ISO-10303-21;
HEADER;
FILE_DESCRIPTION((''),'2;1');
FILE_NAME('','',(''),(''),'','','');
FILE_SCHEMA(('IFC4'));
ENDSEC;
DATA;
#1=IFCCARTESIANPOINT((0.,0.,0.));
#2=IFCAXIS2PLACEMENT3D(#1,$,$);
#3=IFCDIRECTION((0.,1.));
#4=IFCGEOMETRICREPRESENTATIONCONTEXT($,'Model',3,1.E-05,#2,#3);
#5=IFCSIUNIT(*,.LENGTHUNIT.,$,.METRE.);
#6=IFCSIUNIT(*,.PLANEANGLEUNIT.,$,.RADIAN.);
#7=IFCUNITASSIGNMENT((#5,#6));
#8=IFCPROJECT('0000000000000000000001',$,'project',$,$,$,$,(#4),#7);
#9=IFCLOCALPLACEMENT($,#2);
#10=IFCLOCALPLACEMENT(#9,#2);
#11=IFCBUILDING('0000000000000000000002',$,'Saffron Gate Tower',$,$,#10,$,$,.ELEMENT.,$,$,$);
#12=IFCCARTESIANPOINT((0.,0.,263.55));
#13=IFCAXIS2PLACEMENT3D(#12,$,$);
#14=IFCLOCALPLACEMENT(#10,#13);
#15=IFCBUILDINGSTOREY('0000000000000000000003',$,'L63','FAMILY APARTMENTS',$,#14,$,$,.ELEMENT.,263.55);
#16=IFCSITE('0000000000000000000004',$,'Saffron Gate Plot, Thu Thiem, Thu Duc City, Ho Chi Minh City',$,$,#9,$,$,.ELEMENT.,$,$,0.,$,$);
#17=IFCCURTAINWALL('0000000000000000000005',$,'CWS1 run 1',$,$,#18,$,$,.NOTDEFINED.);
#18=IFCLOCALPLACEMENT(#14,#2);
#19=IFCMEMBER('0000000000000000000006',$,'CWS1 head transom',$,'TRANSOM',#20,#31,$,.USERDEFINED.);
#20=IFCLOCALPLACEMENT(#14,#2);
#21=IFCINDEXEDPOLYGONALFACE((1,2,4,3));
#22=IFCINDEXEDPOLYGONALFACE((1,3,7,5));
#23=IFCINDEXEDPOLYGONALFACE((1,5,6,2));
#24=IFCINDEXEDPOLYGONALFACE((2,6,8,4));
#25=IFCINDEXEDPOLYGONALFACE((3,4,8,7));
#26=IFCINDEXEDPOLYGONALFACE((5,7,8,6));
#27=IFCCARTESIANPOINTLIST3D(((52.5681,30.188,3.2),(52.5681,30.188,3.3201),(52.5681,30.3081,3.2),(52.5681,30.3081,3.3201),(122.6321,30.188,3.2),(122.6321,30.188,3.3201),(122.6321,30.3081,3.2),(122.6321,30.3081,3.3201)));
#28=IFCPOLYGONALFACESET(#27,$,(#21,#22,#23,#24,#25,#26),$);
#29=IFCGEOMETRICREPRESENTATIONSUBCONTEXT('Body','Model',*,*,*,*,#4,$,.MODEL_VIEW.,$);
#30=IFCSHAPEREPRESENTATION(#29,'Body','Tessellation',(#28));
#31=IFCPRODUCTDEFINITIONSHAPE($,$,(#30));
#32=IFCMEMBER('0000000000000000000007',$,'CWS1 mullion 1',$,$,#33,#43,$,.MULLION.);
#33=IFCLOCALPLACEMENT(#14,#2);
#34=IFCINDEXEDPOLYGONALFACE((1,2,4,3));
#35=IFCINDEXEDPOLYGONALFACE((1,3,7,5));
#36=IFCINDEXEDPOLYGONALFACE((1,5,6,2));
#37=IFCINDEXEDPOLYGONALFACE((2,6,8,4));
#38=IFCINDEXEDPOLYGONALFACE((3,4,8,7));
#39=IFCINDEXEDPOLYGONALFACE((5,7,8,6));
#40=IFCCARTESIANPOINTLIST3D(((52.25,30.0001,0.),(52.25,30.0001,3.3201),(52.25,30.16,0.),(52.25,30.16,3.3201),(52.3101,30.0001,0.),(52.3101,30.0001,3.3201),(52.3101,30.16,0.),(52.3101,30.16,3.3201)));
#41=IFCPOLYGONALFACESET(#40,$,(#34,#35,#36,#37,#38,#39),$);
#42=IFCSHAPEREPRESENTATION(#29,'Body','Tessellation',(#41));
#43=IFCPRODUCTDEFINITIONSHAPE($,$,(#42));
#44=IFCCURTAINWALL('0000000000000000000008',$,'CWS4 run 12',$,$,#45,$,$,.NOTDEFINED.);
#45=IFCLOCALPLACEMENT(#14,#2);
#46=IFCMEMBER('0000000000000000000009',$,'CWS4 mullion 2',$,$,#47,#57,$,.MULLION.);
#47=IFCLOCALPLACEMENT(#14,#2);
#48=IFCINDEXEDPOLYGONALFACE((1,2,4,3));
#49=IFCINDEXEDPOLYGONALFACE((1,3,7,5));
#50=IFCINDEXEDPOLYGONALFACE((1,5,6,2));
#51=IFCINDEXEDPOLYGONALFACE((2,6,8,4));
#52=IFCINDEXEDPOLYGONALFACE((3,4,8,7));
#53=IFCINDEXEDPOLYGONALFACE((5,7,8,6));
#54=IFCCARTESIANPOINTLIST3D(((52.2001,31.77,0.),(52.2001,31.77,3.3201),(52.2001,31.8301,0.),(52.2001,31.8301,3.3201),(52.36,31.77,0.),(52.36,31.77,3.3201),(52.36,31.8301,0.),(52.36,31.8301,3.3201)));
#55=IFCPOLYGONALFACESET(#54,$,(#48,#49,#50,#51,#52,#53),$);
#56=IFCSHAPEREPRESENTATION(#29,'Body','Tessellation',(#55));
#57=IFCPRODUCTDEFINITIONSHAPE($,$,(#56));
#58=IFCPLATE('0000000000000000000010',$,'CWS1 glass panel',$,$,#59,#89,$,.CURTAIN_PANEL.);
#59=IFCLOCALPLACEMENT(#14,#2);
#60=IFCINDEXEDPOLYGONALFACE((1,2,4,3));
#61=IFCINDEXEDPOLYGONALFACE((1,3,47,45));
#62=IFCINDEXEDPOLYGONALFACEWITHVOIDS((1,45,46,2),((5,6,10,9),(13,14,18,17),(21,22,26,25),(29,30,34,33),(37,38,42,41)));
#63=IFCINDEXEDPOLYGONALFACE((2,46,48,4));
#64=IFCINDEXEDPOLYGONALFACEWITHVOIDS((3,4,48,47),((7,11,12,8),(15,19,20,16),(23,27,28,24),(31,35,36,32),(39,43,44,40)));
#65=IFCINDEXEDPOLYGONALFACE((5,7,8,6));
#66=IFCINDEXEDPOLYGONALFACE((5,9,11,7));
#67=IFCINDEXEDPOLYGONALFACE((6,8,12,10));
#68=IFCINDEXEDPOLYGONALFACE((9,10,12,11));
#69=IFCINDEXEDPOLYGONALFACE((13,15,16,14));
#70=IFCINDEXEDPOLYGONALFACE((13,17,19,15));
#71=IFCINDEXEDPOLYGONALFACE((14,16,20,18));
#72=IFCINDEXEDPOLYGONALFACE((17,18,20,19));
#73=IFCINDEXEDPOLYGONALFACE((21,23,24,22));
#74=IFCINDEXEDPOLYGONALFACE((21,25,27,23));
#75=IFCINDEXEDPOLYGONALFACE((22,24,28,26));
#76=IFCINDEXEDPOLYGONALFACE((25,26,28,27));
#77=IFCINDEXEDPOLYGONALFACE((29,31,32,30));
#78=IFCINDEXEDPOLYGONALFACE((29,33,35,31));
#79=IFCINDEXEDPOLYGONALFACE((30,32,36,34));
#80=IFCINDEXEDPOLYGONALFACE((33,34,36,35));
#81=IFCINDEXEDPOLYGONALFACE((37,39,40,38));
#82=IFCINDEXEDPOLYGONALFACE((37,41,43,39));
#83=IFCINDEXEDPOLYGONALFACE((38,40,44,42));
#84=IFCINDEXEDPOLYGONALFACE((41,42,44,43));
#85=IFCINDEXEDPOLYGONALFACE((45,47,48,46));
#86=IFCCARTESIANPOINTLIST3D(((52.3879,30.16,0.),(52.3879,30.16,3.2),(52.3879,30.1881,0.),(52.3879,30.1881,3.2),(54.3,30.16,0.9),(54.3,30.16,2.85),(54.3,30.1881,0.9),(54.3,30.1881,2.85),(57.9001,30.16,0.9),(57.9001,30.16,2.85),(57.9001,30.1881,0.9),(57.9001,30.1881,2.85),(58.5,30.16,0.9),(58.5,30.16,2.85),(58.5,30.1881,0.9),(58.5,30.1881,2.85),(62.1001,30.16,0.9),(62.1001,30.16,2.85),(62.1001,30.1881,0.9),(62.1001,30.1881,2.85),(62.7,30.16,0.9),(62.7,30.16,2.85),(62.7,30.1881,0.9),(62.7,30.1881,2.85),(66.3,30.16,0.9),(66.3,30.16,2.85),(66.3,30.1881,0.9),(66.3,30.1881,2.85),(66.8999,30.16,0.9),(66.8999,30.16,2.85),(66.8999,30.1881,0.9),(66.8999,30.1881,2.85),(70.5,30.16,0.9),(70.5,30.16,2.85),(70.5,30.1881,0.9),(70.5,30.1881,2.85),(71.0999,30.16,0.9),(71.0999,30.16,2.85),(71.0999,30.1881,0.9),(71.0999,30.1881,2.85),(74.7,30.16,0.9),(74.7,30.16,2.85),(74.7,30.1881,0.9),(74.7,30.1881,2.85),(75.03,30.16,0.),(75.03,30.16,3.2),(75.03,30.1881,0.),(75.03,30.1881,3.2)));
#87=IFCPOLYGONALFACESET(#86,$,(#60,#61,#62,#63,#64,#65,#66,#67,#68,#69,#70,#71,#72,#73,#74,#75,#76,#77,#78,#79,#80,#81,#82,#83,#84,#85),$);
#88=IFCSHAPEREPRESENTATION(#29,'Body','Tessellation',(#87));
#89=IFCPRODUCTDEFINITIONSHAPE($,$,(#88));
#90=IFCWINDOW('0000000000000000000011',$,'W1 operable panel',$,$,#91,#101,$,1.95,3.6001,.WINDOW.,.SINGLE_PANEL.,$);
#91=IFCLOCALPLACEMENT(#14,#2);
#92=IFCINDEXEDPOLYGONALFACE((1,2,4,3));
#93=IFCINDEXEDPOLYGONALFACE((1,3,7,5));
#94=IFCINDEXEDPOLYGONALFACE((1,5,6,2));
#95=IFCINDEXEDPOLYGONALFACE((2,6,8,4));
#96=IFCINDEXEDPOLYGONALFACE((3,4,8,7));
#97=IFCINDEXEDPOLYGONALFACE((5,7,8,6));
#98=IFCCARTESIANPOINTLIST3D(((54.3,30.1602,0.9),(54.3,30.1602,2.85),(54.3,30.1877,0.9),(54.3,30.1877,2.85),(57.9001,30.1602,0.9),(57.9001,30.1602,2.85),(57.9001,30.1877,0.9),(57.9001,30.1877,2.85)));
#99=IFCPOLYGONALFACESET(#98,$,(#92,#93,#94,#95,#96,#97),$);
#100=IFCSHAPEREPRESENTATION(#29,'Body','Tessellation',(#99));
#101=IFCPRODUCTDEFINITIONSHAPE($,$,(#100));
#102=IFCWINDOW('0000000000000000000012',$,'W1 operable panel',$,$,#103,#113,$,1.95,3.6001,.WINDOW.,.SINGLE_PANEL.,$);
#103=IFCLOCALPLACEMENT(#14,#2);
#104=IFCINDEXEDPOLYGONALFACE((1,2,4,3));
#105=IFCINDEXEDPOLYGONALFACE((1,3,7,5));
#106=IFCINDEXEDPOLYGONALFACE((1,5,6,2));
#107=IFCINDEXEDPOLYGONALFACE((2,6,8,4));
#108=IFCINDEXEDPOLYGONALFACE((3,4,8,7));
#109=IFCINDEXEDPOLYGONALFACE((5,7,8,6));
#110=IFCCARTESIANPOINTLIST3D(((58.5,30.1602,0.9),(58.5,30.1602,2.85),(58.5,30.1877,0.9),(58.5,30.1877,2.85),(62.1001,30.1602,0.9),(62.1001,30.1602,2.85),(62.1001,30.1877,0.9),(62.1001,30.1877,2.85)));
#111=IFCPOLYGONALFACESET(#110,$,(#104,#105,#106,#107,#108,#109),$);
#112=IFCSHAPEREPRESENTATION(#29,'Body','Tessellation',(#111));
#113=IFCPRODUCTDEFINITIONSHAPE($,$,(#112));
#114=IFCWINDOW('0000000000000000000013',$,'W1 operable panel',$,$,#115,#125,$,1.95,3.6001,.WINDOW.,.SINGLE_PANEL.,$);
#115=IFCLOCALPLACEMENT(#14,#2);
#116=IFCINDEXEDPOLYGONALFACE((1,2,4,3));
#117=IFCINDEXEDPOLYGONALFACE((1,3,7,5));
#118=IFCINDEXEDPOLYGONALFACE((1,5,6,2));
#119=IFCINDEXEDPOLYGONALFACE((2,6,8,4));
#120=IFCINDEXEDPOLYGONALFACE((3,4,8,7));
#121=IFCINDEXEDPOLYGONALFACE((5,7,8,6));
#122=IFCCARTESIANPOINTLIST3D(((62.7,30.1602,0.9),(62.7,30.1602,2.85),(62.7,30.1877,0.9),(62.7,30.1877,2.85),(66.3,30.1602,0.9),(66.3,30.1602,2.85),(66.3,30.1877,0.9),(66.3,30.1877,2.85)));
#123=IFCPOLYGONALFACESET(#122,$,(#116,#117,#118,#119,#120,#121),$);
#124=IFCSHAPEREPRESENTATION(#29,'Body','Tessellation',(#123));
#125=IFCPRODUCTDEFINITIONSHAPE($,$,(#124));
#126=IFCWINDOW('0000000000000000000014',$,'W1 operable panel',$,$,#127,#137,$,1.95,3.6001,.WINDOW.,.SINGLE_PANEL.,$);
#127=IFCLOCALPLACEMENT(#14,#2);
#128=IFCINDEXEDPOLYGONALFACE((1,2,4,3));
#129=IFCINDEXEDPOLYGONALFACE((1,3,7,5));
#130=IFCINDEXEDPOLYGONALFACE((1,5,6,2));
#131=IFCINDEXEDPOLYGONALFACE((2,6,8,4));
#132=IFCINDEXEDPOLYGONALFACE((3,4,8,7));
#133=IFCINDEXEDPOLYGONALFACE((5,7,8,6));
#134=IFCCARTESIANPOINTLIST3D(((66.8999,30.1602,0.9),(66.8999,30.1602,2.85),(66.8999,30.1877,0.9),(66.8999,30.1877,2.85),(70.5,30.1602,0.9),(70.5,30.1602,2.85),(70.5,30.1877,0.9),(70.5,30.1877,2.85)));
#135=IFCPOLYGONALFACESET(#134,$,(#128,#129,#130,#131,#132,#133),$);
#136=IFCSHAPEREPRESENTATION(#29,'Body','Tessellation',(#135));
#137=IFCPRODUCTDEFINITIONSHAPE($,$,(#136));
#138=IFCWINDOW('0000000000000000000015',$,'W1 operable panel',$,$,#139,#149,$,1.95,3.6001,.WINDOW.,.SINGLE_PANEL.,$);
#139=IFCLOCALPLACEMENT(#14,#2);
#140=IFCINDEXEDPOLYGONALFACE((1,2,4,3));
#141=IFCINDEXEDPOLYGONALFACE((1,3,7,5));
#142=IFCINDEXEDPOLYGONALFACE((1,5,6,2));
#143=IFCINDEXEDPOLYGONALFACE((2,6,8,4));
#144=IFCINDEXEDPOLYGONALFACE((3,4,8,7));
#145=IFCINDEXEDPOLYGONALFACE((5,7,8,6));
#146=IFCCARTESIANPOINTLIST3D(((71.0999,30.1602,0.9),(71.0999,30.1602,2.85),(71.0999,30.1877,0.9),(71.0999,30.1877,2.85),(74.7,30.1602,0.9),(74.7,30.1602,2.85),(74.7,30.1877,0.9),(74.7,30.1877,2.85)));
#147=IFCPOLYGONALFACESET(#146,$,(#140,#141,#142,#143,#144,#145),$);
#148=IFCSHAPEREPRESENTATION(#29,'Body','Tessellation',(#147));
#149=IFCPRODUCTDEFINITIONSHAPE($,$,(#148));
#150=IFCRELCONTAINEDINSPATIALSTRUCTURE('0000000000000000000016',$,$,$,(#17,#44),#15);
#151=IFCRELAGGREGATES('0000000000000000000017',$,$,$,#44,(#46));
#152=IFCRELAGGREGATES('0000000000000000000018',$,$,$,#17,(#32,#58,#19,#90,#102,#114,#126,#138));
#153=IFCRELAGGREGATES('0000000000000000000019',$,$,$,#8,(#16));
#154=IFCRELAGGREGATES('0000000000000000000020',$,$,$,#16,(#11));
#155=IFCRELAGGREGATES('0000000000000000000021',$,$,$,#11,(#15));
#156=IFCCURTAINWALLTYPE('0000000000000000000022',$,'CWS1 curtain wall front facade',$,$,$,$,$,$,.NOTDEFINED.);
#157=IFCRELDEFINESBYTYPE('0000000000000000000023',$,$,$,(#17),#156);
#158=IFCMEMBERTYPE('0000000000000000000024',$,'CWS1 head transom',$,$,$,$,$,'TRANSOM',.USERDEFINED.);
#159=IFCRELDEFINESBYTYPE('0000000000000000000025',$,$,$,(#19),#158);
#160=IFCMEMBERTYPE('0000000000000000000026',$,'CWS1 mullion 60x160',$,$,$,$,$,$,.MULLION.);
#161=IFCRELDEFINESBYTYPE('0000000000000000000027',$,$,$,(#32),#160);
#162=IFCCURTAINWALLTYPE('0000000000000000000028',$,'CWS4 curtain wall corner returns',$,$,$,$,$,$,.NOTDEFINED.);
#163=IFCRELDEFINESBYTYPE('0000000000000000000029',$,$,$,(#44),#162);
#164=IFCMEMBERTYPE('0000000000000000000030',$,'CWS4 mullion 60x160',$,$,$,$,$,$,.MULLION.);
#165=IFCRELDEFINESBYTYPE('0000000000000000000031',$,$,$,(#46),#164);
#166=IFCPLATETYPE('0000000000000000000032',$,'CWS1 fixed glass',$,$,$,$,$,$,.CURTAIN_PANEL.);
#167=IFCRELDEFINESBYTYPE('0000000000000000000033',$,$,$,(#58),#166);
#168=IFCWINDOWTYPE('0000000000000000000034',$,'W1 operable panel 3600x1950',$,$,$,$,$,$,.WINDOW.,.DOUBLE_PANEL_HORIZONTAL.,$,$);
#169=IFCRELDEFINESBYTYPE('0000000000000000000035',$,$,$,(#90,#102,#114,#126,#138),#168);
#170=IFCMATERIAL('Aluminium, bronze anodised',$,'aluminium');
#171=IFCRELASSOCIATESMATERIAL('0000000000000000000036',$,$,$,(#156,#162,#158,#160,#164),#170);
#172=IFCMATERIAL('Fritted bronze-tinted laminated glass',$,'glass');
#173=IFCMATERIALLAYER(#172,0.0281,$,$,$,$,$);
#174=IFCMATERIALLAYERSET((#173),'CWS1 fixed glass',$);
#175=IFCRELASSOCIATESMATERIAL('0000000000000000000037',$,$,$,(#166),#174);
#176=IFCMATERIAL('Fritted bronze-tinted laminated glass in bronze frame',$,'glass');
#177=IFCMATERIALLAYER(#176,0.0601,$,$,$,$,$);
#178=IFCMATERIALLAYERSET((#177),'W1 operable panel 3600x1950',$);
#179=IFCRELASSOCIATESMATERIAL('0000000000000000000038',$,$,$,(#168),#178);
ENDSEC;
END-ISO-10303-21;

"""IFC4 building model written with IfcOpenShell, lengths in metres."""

from ifc_helpers import new_model, si_unit, direction, frame, frame_2d, origin, origin_2d, place, context, subcontext, project, spatial, rectangle, extrude, material, layer, layer_set, material_profile, profile_set, type_object, element, fill, aggregate, save


model = new_model("IFC4")

# Units and contexts
model_context = context("Model", 3, precision=1e-05, world=origin(), true_north=direction((0.0, 1.0)))
body_context = subcontext(model_context, "Body", "Model", "MODEL_VIEW")
ifc_project = project(units=[si_unit("LENGTHUNIT", "METRE"), si_unit("PLANEANGLEUNIT", "RADIAN")], contexts=[model_context])

# Site, building, storey
site_placement = place(None, origin())
site = spatial("IfcSite", under=ifc_project, at=site_placement, Name="Saffron Gate Plot, Thu Thiem, Thu Duc City, Ho Chi Minh City", CompositionType="ELEMENT", RefElevation=0.0)
building_placement = place(site_placement, origin())
building = spatial("IfcBuilding", under=site, at=building_placement, Name="Saffron Gate Tower", CompositionType="ELEMENT")
storey_placement = place(building_placement, frame((0.0, 0.0, 263.55)))
storey = spatial("IfcBuildingStorey", under=building, at=storey_placement, Name="L63", Description="FAMILY APARTMENTS", CompositionType="ELEMENT", Elevation=263.55)

# Curtain wall, members
ifc_material_1 = material(Name="Aluminium, bronze anodised", Category="aluminium")
curtain_wall_type_1 = type_object("IfcCurtainWallType", Name="CWS1 curtain wall front facade", PredefinedType="NOTDEFINED", material=ifc_material_1)
curtain_wall_1_placement = place(storey_placement, origin())
curtain_wall_1 = element("IfcCurtainWall", 1, at=curtain_wall_1_placement, inside=storey, type_object=curtain_wall_type_1, Name="CWS1 run 1", PredefinedType="NOTDEFINED")
ifc_material_profile_1 = material_profile(ifc_material_1, rectangle(XDim=0.1201, YDim=0.1201, at=origin_2d()))
ifc_profile_set_1 = profile_set([ifc_material_profile_1], Name="Aluminium, bronze anodised")
member_type_1 = type_object("IfcMemberType", Name="CWS1 head transom", ElementType="TRANSOM", PredefinedType="USERDEFINED", material=ifc_profile_set_1)
member_1_placement = place(storey_placement, frame((52.5681, 30.248, 3.26), z_axis=(1.0, 0.0, 0.0), x_axis=(0.0, 1.0, 0.0)))
member_1 = element("IfcMember", 2, at=member_1_placement, type_object=member_type_1, Name="CWS1 head transom", ObjectType="TRANSOM", PredefinedType="USERDEFINED", context=body_context, shape_type="SweptSolid", body=[
    extrude(rectangle(XDim=0.1201, YDim=0.1201, at=origin_2d()), origin(), (0.0, 0.0, 1.0), 70.064),
])
ifc_material_profile_2 = material_profile(ifc_material_1, rectangle(XDim=0.1599, YDim=0.0601, at=origin_2d()))
ifc_profile_set_2 = profile_set([ifc_material_profile_2], Name="Aluminium, bronze anodised")
member_type_2 = type_object("IfcMemberType", Name="CWS1 mullion 60x160", PredefinedType="MULLION", material=ifc_profile_set_2)
member_2_placement = place(storey_placement, frame((52.28, 30.0801, 0.0), z_axis=(0.0, 0.0, 1.0), x_axis=(0.0, 1.0, 0.0)))
member_2 = element("IfcMember", 3, at=member_2_placement, type_object=member_type_2, Name="CWS1 mullion 1", PredefinedType="MULLION", context=body_context, shape_type="SweptSolid", body=[
    extrude(rectangle(XDim=0.1599, YDim=0.0601, at=origin_2d()), origin(), (0.0, 0.0, 1.0), 3.3201),
])

# Curtain wall, member
curtain_wall_type_2 = type_object("IfcCurtainWallType", Name="CWS4 curtain wall corner returns", PredefinedType="NOTDEFINED", material=ifc_material_1)
curtain_wall_2_placement = place(storey_placement, origin())
curtain_wall_2 = element("IfcCurtainWall", 4, at=curtain_wall_2_placement, inside=storey, type_object=curtain_wall_type_2, Name="CWS4 run 12", PredefinedType="NOTDEFINED")
ifc_material_profile_3 = material_profile(ifc_material_1, rectangle(XDim=0.1599, YDim=0.0601, at=origin_2d()))
ifc_profile_set_3 = profile_set([ifc_material_profile_3], Name="Aluminium, bronze anodised")
member_type_3 = type_object("IfcMemberType", Name="CWS4 mullion 60x160", PredefinedType="MULLION", material=ifc_profile_set_3)
member_3_placement = place(storey_placement, frame((52.28, 31.8, 0.0), z_axis=(0.0, 0.0, 1.0), x_axis=(1.0, 0.0, 0.0)))
member_3 = element("IfcMember", 5, at=member_3_placement, type_object=member_type_3, Name="CWS4 mullion 2", PredefinedType="MULLION", context=body_context, shape_type="SweptSolid", body=[
    extrude(rectangle(XDim=0.1599, YDim=0.0601, at=origin_2d()), origin(), (0.0, 0.0, 1.0), 3.3201),
])
aggregate(curtain_wall_2, [member_3])

# Plate, openings, windows
ifc_material_2 = material(Name="Fritted bronze-tinted laminated glass", Category="glass")
ifc_layer_1 = layer(ifc_material_2, 0.0281)
ifc_layer_set_1 = layer_set([ifc_layer_1], Name="CWS1 fixed glass")
plate_type = type_object("IfcPlateType", Name="CWS1 fixed glass", PredefinedType="CURTAIN_PANEL", material=ifc_layer_set_1)
plate_placement = place(storey_placement, frame((52.3879, 30.1741, 0.0), z_axis=(0.0, 0.0, 1.0), x_axis=(1.0, 0.0, 0.0)))
plate = element("IfcPlate", 6, at=plate_placement, type_object=plate_type, Name="CWS1 glass panel", PredefinedType="CURTAIN_PANEL", context=body_context, shape_type="SweptSolid", body=[
    extrude(rectangle(XDim=22.6421, YDim=0.0281, at=frame_2d((11.321, 0.0))), origin(), (0.0, 0.0, 1.0), 3.2),
])
opening_1_placement = place(plate_placement, frame((1.9121, 0.0, 0.8999)))
opening_1 = element("IfcOpeningElement", 7, at=opening_1_placement, cuts=plate, PredefinedType="OPENING", context=body_context, shape_type="SweptSolid", body=[
    extrude(rectangle(XDim=3.6001, YDim=1.95, at=frame_2d((1.8, 0.9751))), frame((0.0, 0.0239, 0.0), z_axis=(0.0, -1.0, 0.0), x_axis=(1.0, 0.0, 0.0)), (0.0, 0.0, 1.0), 0.0481),
])
opening_2_placement = place(plate_placement, frame((6.1121, 0.0, 0.8999)))
opening_2 = element("IfcOpeningElement", 8, at=opening_2_placement, cuts=plate, PredefinedType="OPENING", context=body_context, shape_type="SweptSolid", body=[
    extrude(rectangle(XDim=3.6001, YDim=1.95, at=frame_2d((1.8, 0.9751))), frame((0.0, 0.0239, 0.0), z_axis=(0.0, -1.0, 0.0), x_axis=(1.0, 0.0, 0.0)), (0.0, 0.0, 1.0), 0.0481),
])
opening_3_placement = place(plate_placement, frame((10.312, 0.0, 0.8999)))
opening_3 = element("IfcOpeningElement", 9, at=opening_3_placement, cuts=plate, PredefinedType="OPENING", context=body_context, shape_type="SweptSolid", body=[
    extrude(rectangle(XDim=3.6001, YDim=1.95, at=frame_2d((1.8, 0.9751))), frame((0.0, 0.0239, 0.0), z_axis=(0.0, -1.0, 0.0), x_axis=(1.0, 0.0, 0.0)), (0.0, 0.0, 1.0), 0.0481),
])
opening_4_placement = place(plate_placement, frame((14.512, 0.0, 0.8999)))
opening_4 = element("IfcOpeningElement", 10, at=opening_4_placement, cuts=plate, PredefinedType="OPENING", context=body_context, shape_type="SweptSolid", body=[
    extrude(rectangle(XDim=3.6001, YDim=1.95, at=frame_2d((1.8, 0.9751))), frame((0.0, 0.0239, 0.0), z_axis=(0.0, -1.0, 0.0), x_axis=(1.0, 0.0, 0.0)), (0.0, 0.0, 1.0), 0.0481),
])
opening_5_placement = place(plate_placement, frame((18.7119, 0.0, 0.8999)))
opening_5 = element("IfcOpeningElement", 11, at=opening_5_placement, cuts=plate, PredefinedType="OPENING", context=body_context, shape_type="SweptSolid", body=[
    extrude(rectangle(XDim=3.6001, YDim=1.95, at=frame_2d((1.8, 0.9751))), frame((0.0, 0.0239, 0.0), z_axis=(0.0, -1.0, 0.0), x_axis=(1.0, 0.0, 0.0)), (0.0, 0.0, 1.0), 0.0481),
])
ifc_material_3 = material(Name="Fritted bronze-tinted laminated glass in bronze frame", Category="glass")
ifc_layer_2 = layer(ifc_material_3, 0.0601)
ifc_layer_set_2 = layer_set([ifc_layer_2], Name="W1 operable panel 3600x1950")
window_type = type_object("IfcWindowType", Name="W1 operable panel 3600x1950", PartitioningType="DOUBLE_PANEL_HORIZONTAL", PredefinedType="WINDOW", material=ifc_layer_set_2)
window_1_placement = place(opening_1_placement, origin())
window_1 = element("IfcWindow", 12, at=window_1_placement, type_object=window_type, Name="W1 operable panel", OverallHeight=1.95, OverallWidth=3.6001, PartitioningType="SINGLE_PANEL", PredefinedType="WINDOW", context=body_context, shape_type="SweptSolid", body=[
    extrude(rectangle(XDim=3.6001, YDim=1.95, at=frame_2d((1.8, 0.9751))), frame((0.0, 0.0137, 0.0), z_axis=(0.0, -1.0, 0.0), x_axis=(1.0, 0.0, 0.0)), (0.0, 0.0, 1.0), 0.0276),
])
fill(opening_1, window_1)
window_2_placement = place(opening_2_placement, origin())
window_2 = element("IfcWindow", 13, at=window_2_placement, type_object=window_type, Name="W1 operable panel", OverallHeight=1.95, OverallWidth=3.6001, PartitioningType="SINGLE_PANEL", PredefinedType="WINDOW", context=body_context, shape_type="SweptSolid", body=[
    extrude(rectangle(XDim=3.6001, YDim=1.95, at=frame_2d((1.8, 0.9751))), frame((0.0, 0.0137, 0.0), z_axis=(0.0, -1.0, 0.0), x_axis=(1.0, 0.0, 0.0)), (0.0, 0.0, 1.0), 0.0276),
])
fill(opening_2, window_2)
window_3_placement = place(opening_3_placement, origin())
window_3 = element("IfcWindow", 14, at=window_3_placement, type_object=window_type, Name="W1 operable panel", OverallHeight=1.95, OverallWidth=3.6001, PartitioningType="SINGLE_PANEL", PredefinedType="WINDOW", context=body_context, shape_type="SweptSolid", body=[
    extrude(rectangle(XDim=3.6001, YDim=1.95, at=frame_2d((1.8, 0.9751))), frame((0.0, 0.0137, 0.0), z_axis=(0.0, -1.0, 0.0), x_axis=(1.0, 0.0, 0.0)), (0.0, 0.0, 1.0), 0.0276),
])
fill(opening_3, window_3)
window_4_placement = place(opening_4_placement, origin())
window_4 = element("IfcWindow", 15, at=window_4_placement, type_object=window_type, Name="W1 operable panel", OverallHeight=1.95, OverallWidth=3.6001, PartitioningType="SINGLE_PANEL", PredefinedType="WINDOW", context=body_context, shape_type="SweptSolid", body=[
    extrude(rectangle(XDim=3.6001, YDim=1.95, at=frame_2d((1.8, 0.9751))), frame((0.0, 0.0137, 0.0), z_axis=(0.0, -1.0, 0.0), x_axis=(1.0, 0.0, 0.0)), (0.0, 0.0, 1.0), 0.0276),
])
fill(opening_4, window_4)
window_5_placement = place(opening_5_placement, origin())
window_5 = element("IfcWindow", 16, at=window_5_placement, type_object=window_type, Name="W1 operable panel", OverallHeight=1.95, OverallWidth=3.6001, PartitioningType="SINGLE_PANEL", PredefinedType="WINDOW", context=body_context, shape_type="SweptSolid", body=[
    extrude(rectangle(XDim=3.6001, YDim=1.95, at=frame_2d((1.8, 0.9751))), frame((0.0, 0.0137, 0.0), z_axis=(0.0, -1.0, 0.0), x_axis=(1.0, 0.0, 0.0)), (0.0, 0.0, 1.0), 0.0276),
])
fill(opening_5, window_5)
aggregate(curtain_wall_1, [member_2, plate, member_1, window_1, window_2, window_3, window_4, window_5])

save(model, "model.ifc")
